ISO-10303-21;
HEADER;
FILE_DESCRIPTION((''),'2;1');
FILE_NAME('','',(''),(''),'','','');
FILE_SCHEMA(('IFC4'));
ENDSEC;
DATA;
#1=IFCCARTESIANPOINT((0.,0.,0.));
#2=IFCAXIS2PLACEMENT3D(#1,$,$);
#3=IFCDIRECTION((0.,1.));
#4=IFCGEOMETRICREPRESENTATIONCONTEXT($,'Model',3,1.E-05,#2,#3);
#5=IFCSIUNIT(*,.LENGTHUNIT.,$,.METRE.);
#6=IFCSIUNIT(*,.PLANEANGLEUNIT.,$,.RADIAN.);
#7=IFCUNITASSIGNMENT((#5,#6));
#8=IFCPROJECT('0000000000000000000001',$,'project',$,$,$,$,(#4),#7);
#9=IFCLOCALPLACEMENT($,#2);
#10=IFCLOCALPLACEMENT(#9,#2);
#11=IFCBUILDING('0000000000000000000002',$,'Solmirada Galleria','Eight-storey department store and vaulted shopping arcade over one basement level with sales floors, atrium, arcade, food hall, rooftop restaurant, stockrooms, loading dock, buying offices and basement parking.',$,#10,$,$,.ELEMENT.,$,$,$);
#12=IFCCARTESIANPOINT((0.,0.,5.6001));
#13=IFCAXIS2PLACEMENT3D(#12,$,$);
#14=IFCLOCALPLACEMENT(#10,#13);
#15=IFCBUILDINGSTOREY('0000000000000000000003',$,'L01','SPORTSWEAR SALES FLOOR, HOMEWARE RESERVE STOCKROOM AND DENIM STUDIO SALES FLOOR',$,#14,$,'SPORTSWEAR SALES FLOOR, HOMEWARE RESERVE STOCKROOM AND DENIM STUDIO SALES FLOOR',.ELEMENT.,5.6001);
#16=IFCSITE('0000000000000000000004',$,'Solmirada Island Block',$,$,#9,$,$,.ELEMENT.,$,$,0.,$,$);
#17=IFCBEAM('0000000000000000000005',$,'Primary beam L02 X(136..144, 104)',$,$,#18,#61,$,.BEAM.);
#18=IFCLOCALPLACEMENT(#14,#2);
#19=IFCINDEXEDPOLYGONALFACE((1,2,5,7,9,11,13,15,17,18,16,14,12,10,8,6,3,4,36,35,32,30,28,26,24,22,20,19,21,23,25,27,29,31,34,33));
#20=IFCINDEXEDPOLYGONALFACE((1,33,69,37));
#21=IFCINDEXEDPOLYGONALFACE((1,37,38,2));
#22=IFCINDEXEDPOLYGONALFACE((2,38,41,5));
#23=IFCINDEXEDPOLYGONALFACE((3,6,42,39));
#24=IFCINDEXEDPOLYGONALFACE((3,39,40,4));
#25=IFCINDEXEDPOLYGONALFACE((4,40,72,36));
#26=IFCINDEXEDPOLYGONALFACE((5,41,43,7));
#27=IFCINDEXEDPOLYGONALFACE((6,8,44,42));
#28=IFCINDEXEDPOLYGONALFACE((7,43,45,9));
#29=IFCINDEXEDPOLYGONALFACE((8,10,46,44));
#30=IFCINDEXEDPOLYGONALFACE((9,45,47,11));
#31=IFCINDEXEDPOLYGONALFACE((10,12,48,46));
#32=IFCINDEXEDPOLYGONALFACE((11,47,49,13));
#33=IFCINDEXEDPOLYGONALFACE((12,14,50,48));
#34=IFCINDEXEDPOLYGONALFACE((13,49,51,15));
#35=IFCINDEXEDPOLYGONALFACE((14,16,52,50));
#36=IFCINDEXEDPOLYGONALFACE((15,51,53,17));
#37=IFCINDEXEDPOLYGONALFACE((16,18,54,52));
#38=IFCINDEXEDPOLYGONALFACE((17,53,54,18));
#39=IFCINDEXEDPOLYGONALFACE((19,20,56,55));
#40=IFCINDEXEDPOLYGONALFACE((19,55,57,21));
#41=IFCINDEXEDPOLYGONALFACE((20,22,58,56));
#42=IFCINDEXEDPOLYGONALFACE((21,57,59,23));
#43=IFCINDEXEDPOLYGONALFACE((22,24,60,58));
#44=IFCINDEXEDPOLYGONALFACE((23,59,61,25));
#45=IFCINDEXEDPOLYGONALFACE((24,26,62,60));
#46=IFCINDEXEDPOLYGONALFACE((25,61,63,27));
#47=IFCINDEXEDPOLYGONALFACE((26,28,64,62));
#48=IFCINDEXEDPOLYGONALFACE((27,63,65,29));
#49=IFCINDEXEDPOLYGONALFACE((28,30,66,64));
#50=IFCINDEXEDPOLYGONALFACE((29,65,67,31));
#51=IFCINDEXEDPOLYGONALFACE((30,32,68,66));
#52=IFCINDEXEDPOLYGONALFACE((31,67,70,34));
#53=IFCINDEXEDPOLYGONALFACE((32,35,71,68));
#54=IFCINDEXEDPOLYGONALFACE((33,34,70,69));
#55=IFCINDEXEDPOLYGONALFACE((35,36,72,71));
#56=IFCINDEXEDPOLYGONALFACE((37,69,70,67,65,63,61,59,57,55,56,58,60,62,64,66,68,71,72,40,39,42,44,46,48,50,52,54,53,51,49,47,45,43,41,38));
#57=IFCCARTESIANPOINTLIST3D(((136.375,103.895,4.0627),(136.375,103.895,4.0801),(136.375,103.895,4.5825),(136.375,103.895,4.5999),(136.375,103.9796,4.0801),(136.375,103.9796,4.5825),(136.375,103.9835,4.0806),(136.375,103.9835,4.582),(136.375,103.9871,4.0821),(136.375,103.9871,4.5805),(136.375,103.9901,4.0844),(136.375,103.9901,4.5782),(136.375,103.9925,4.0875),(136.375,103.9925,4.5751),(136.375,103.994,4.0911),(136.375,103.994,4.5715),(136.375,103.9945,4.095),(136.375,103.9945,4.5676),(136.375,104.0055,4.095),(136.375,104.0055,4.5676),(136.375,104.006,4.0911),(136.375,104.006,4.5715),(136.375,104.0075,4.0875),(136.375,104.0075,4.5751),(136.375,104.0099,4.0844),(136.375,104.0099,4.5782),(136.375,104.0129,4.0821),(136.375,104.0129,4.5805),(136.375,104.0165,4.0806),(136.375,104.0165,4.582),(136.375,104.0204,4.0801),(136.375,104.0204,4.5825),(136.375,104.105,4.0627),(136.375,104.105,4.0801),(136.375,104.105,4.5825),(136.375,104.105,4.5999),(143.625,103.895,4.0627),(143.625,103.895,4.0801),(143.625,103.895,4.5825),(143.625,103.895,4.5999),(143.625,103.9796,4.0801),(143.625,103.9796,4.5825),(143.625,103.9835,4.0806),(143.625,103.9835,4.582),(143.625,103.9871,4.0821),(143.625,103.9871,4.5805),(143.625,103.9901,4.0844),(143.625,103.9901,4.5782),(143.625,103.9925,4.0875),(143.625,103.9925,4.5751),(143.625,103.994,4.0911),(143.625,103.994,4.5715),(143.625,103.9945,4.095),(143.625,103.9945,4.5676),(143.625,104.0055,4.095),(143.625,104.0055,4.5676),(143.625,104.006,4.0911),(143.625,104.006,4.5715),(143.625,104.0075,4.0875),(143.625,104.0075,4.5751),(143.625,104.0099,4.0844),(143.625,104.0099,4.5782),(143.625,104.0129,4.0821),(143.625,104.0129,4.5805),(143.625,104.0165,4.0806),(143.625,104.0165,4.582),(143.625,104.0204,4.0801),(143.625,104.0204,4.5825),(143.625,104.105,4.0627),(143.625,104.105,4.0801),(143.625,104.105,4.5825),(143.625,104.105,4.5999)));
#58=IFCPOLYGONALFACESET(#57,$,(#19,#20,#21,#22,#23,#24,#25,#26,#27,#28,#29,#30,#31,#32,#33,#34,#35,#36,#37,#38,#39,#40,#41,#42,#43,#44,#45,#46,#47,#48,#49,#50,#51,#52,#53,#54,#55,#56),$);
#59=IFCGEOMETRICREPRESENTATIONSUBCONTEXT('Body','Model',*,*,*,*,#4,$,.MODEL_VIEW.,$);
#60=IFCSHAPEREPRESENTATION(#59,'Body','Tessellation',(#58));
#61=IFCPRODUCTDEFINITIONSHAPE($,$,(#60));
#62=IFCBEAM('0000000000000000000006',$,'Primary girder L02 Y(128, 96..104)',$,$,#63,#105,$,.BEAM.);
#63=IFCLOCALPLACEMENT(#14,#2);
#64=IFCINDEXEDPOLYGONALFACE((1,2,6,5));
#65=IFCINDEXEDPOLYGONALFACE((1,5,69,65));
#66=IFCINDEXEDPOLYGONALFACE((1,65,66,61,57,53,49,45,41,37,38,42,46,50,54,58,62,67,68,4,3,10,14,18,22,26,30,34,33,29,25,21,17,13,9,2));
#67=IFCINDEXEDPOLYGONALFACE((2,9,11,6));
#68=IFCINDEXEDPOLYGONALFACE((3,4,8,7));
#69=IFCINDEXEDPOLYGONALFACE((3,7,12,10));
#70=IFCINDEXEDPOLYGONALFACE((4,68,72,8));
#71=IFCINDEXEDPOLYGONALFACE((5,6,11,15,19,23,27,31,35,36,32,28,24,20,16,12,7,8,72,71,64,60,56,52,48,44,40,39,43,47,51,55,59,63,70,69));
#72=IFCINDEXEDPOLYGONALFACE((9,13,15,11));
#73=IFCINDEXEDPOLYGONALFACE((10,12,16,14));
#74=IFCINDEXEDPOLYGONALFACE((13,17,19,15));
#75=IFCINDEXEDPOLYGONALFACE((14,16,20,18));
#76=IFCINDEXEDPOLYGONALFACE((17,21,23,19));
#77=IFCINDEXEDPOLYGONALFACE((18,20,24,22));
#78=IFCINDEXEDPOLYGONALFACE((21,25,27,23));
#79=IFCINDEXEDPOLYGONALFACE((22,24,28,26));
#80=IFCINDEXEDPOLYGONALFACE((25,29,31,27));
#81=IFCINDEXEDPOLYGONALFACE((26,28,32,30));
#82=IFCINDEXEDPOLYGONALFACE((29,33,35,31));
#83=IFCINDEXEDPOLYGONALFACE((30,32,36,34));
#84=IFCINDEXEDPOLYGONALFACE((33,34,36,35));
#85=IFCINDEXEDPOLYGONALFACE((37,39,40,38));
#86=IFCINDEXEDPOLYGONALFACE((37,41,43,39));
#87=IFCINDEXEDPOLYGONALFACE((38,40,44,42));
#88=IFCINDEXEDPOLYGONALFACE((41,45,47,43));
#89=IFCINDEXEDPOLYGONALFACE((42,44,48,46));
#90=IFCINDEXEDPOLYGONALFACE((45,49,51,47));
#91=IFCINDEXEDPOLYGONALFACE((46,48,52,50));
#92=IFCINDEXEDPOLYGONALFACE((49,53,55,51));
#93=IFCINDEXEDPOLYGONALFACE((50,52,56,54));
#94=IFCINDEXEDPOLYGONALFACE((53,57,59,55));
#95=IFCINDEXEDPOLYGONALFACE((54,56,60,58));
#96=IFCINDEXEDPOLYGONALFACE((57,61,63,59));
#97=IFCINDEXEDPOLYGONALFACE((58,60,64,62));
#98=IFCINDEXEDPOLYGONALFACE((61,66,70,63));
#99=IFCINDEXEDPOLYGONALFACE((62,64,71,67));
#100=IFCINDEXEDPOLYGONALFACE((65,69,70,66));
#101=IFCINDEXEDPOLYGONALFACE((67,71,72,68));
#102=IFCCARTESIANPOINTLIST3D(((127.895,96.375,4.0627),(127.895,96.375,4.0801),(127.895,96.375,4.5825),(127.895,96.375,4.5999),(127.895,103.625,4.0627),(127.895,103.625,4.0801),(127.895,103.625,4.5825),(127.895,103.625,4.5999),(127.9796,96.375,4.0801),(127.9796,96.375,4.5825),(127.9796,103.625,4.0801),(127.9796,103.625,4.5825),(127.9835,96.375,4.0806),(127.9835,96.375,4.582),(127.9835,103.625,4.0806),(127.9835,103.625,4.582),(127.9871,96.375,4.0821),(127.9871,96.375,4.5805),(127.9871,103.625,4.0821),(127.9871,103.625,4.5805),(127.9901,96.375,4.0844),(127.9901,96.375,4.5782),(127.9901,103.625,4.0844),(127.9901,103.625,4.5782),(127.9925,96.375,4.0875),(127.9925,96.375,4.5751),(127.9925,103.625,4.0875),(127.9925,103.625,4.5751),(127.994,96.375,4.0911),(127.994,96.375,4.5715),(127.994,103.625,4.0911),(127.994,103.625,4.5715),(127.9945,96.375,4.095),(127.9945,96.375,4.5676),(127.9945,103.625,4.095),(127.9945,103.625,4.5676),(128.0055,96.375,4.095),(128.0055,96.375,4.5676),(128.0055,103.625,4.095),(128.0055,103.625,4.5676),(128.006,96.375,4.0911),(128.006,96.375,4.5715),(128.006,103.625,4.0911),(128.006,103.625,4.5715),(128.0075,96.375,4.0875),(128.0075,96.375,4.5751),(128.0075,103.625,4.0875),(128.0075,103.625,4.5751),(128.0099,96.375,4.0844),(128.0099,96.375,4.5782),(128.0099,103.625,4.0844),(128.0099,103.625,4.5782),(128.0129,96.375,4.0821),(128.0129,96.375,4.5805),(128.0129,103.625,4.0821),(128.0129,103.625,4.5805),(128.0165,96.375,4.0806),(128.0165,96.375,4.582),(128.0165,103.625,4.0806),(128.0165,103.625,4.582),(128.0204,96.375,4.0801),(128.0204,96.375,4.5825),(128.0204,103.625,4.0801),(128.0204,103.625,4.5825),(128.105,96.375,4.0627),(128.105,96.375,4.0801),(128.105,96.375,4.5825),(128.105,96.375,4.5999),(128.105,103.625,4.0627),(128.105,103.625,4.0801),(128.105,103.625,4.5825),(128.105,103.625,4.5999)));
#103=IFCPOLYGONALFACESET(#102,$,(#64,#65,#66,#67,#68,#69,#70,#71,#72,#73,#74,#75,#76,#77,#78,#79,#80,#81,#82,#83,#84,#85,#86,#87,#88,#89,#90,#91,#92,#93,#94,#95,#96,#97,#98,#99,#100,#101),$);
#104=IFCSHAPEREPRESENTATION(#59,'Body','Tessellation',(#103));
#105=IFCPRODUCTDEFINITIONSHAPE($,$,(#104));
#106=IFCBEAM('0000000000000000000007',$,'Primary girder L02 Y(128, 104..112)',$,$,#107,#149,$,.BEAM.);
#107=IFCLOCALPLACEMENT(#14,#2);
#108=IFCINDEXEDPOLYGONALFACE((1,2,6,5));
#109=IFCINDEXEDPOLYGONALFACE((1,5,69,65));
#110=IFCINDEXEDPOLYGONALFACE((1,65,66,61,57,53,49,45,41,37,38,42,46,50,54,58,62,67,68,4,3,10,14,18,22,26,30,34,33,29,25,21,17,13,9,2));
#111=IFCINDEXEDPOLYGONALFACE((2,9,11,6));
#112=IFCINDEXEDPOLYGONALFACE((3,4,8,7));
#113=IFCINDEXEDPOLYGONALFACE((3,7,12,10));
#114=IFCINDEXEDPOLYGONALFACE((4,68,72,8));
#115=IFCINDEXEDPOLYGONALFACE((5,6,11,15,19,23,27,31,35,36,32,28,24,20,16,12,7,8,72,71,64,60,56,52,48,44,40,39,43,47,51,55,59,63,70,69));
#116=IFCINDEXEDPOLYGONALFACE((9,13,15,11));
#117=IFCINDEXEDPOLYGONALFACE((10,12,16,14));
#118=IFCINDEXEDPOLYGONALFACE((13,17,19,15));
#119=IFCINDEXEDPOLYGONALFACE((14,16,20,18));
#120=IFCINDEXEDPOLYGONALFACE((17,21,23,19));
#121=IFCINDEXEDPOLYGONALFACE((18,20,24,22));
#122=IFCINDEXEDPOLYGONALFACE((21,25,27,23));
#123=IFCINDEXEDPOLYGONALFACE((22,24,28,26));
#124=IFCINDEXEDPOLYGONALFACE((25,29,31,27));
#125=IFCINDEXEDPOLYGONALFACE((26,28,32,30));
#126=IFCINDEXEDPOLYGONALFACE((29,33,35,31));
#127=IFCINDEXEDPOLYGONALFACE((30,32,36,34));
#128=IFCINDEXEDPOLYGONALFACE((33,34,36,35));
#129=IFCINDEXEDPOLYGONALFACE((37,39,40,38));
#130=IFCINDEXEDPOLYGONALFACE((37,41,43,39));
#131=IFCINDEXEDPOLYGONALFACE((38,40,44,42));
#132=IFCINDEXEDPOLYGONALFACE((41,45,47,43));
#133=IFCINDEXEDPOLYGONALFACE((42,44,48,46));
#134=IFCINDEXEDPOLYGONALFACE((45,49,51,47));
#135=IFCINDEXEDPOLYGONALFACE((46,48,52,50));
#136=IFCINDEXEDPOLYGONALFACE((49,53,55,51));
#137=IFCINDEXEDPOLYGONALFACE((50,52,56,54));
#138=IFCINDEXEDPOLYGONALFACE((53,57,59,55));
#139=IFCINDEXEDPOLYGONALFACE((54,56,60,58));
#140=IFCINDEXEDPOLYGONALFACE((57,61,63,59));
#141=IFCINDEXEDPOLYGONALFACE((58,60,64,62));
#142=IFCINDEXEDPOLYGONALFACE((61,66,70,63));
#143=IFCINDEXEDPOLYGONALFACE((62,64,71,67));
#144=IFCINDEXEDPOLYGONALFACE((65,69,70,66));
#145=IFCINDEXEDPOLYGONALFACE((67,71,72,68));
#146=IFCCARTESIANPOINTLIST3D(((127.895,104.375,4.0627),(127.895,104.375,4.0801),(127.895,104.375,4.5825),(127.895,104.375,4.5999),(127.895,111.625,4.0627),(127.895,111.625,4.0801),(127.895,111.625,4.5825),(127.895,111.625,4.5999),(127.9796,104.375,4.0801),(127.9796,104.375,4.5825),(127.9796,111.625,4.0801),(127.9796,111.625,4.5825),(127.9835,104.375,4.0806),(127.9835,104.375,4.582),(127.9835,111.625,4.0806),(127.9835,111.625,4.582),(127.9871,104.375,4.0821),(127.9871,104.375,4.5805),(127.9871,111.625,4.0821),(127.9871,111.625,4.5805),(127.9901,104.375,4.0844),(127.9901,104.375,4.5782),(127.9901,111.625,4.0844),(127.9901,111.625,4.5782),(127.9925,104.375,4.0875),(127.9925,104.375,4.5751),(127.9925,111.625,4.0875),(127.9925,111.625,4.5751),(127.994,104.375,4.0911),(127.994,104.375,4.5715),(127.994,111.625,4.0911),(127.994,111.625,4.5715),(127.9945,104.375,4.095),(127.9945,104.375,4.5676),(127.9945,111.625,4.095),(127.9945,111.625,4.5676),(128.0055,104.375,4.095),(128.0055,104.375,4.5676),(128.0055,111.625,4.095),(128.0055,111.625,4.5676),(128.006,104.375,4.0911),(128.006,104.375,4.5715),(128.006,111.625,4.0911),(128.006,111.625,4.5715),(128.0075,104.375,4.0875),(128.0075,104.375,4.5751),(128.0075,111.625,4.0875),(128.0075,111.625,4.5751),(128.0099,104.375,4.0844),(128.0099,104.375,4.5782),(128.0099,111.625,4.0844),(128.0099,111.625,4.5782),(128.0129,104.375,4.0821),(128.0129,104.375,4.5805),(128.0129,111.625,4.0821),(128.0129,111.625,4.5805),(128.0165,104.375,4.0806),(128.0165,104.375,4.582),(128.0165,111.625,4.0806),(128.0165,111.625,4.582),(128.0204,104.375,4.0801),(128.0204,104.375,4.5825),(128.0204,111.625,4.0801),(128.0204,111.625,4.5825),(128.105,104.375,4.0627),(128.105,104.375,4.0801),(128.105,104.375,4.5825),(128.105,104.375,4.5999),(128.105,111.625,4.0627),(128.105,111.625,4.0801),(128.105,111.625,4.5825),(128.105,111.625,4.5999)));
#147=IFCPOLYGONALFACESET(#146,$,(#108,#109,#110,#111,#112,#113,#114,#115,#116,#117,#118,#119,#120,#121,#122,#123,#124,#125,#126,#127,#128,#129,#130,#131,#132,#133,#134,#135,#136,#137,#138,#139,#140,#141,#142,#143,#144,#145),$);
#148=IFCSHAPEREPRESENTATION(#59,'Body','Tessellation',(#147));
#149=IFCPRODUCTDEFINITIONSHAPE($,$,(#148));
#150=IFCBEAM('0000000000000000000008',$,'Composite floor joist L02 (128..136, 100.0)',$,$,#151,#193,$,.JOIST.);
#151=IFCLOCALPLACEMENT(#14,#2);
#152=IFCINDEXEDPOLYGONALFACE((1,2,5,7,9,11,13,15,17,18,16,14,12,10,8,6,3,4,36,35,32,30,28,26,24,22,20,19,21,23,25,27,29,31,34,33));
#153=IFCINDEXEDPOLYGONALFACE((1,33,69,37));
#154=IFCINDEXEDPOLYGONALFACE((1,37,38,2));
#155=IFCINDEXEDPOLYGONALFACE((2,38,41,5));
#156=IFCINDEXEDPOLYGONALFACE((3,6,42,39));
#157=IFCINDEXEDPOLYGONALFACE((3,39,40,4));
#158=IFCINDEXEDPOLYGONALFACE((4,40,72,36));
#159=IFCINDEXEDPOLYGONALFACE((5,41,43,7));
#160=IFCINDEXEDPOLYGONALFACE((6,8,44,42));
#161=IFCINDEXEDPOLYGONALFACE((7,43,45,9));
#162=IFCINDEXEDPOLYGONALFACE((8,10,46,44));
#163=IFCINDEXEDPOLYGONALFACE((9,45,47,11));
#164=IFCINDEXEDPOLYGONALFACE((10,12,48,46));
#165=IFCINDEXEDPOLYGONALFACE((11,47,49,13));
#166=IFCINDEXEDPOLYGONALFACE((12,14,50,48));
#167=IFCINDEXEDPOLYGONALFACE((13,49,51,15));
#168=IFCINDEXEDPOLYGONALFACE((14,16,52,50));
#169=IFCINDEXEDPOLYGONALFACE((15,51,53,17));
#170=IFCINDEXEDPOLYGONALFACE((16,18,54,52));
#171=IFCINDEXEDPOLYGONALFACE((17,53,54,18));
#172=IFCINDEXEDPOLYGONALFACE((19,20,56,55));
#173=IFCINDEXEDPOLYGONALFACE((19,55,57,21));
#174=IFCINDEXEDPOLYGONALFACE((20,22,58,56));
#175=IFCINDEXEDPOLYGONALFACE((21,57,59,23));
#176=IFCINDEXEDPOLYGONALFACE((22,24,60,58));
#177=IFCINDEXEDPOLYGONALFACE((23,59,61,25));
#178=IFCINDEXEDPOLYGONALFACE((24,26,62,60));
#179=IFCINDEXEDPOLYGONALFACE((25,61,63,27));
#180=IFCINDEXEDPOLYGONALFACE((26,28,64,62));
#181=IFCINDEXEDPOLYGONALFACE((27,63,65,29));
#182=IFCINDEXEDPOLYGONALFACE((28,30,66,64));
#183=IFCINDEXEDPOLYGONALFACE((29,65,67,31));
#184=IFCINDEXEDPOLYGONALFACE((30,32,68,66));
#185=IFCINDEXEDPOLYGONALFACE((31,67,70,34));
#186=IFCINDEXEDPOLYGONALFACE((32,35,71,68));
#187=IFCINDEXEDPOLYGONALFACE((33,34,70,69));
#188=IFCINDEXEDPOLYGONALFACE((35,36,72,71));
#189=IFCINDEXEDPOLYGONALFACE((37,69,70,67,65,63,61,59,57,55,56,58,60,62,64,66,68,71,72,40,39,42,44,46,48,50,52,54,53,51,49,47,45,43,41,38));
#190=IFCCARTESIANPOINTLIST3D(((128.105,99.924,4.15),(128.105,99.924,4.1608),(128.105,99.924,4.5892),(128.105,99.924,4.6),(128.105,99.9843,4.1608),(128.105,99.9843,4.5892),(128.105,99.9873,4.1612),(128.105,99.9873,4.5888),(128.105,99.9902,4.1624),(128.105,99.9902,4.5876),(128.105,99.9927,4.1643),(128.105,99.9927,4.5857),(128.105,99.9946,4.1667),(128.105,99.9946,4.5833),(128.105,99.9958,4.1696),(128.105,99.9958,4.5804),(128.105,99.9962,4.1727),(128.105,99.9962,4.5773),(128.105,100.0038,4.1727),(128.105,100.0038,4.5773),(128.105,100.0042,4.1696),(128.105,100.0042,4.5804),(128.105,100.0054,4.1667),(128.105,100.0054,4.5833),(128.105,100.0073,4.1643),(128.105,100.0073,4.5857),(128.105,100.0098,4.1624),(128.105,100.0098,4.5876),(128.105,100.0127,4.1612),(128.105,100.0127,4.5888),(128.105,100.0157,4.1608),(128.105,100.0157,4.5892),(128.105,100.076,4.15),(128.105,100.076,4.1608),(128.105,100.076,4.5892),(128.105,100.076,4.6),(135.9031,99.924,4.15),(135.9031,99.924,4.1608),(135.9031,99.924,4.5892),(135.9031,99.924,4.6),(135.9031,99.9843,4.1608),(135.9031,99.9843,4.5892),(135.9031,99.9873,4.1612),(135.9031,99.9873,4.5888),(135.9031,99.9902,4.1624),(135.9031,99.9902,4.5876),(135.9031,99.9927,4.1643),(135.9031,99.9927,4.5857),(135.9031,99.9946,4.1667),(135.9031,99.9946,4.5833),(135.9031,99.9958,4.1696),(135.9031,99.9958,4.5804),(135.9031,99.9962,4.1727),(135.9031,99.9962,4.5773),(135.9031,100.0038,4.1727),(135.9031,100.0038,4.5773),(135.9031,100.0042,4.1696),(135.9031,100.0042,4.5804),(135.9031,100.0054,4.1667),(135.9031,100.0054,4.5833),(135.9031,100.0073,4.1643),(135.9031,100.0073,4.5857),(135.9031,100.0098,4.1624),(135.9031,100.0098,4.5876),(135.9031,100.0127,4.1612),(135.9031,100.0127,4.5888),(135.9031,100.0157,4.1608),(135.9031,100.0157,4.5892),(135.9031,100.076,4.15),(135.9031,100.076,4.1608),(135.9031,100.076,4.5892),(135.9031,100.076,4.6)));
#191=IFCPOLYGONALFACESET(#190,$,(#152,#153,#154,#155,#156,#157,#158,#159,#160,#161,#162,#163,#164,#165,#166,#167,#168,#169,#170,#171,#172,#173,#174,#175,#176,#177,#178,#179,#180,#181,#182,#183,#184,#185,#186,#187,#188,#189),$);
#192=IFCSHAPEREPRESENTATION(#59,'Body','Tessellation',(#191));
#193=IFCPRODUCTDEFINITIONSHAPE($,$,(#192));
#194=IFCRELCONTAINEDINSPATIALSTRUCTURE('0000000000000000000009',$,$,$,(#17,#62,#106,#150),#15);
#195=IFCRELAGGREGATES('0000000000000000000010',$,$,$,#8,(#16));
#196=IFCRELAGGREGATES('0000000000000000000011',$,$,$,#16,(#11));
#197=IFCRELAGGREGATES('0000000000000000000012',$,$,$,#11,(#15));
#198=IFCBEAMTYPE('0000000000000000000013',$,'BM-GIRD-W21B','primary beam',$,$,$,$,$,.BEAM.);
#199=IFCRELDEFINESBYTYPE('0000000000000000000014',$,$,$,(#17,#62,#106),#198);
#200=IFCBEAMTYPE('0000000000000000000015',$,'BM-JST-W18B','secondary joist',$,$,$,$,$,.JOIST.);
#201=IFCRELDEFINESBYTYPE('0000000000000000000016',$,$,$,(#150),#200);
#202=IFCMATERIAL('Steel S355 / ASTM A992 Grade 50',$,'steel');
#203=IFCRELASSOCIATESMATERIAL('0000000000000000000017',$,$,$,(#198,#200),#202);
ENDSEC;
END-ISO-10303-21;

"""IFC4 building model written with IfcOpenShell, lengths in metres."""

from ifc_helpers import new_model, si_unit, direction, frame, origin, origin_2d, place, context, subcontext, project, spatial, i_section, extrude, material, material_profile, profile_set, type_object, element, save


model = new_model("IFC4")

# Units and contexts
model_context = context("Model", 3, precision=1e-05, world=origin(), true_north=direction((0.0, 1.0)))
body_context = subcontext(model_context, "Body", "Model", "MODEL_VIEW")
ifc_project = project(units=[si_unit("LENGTHUNIT", "METRE"), si_unit("PLANEANGLEUNIT", "RADIAN")], contexts=[model_context])

# Site, building, storey
site_placement = place(None, origin())
site = spatial("IfcSite", under=ifc_project, at=site_placement, Name="Solmirada Island Block", CompositionType="ELEMENT", RefElevation=0.0)
building_placement = place(site_placement, origin())
building = spatial("IfcBuilding", under=site, at=building_placement, Name="Solmirada Galleria", Description="Eight-storey department store and vaulted shopping arcade over one basement level with sales floors, atrium, arcade, food hall, rooftop restaurant, stockrooms, loading dock, buying offices and basement parking.", CompositionType="ELEMENT")
storey_placement = place(building_placement, frame((0.0, 0.0, 5.6001)))
storey = spatial("IfcBuildingStorey", under=building, at=storey_placement, Name="L01", Description="SPORTSWEAR SALES FLOOR, HOMEWARE RESERVE STOCKROOM AND DENIM STUDIO SALES FLOOR", LongName="SPORTSWEAR SALES FLOOR, HOMEWARE RESERVE STOCKROOM AND DENIM STUDIO SALES FLOOR", CompositionType="ELEMENT", Elevation=5.6001)

# Beams
ifc_material_1 = material(Name="Steel S355 / ASTM A992 Grade 50", Category="steel")
ifc_material_profile_1 = material_profile(ifc_material_1, i_section(OverallWidth=0.21, OverallDepth=0.5371, WebThickness=0.011, FlangeThickness=0.0173, FilletRadius=0.0149, at=origin_2d()), Name="W21X68")
ifc_profile_set_1 = profile_set([ifc_material_profile_1], Name="Steel S355 / ASTM A992 Grade 50")
beam_type_1 = type_object("IfcBeamType", Name="BM-GIRD-W21B", Description="primary beam", PredefinedType="BEAM", material=ifc_profile_set_1)
for number, where, z_axis, x_axis, name in (
    (1, (136.375, 104.0, 4.3313), (1.0, 0.0, 0.0), (0.0, 1.0, 0.0), "Primary beam L02 X(136..144, 104)"),
    (2, (128.0, 96.375, 4.3313), (0.0, 1.0, 0.0), (-1.0, 0.0, 0.0), "Primary girder L02 Y(128, 96..104)"),
    (3, (128.0, 104.375, 4.3313), (0.0, 1.0, 0.0), (-1.0, 0.0, 0.0), "Primary girder L02 Y(128, 104..112)"),
):
    element("IfcBeam", number, at=place(storey_placement, frame(where, z_axis=z_axis, x_axis=x_axis)), inside=storey, type_object=beam_type_1, Name=name, PredefinedType="BEAM", context=body_context, shape_type="SweptSolid", body=[
        extrude(i_section(OverallWidth=0.21, OverallDepth=0.5371, WebThickness=0.011, FlangeThickness=0.0173, FilletRadius=0.0149, at=origin_2d()), origin(), (0.0, 0.0, 1.0), 7.25),
    ])
ifc_material_profile_2 = material_profile(ifc_material_1, i_section(OverallWidth=0.1521, OverallDepth=0.45, WebThickness=0.0076, FlangeThickness=0.0107, FilletRadius=0.012, at=origin_2d()), Name="W18X35")
ifc_profile_set_2 = profile_set([ifc_material_profile_2], Name="Steel S355 / ASTM A992 Grade 50")
beam_type_2 = type_object("IfcBeamType", Name="BM-JST-W18B", Description="secondary joist", PredefinedType="JOIST", material=ifc_profile_set_2)
for number, where, z_axis, x_axis, name in (
    (4, (128.105, 100.0, 4.375), (1.0, 0.0, 0.0), (0.0, 1.0, 0.0), "Composite floor joist L02 (128..136, 100.0)"),
):
    element("IfcBeam", number, at=place(storey_placement, frame(where, z_axis=z_axis, x_axis=x_axis)), inside=storey, type_object=beam_type_2, Name=name, PredefinedType="JOIST", context=body_context, shape_type="SweptSolid", body=[
        extrude(i_section(OverallWidth=0.1521, OverallDepth=0.45, WebThickness=0.0076, FlangeThickness=0.0107, FilletRadius=0.012, at=origin_2d()), origin(), (0.0, 0.0, 1.0), 7.7981),
    ])

save(model, "model.ifc")
